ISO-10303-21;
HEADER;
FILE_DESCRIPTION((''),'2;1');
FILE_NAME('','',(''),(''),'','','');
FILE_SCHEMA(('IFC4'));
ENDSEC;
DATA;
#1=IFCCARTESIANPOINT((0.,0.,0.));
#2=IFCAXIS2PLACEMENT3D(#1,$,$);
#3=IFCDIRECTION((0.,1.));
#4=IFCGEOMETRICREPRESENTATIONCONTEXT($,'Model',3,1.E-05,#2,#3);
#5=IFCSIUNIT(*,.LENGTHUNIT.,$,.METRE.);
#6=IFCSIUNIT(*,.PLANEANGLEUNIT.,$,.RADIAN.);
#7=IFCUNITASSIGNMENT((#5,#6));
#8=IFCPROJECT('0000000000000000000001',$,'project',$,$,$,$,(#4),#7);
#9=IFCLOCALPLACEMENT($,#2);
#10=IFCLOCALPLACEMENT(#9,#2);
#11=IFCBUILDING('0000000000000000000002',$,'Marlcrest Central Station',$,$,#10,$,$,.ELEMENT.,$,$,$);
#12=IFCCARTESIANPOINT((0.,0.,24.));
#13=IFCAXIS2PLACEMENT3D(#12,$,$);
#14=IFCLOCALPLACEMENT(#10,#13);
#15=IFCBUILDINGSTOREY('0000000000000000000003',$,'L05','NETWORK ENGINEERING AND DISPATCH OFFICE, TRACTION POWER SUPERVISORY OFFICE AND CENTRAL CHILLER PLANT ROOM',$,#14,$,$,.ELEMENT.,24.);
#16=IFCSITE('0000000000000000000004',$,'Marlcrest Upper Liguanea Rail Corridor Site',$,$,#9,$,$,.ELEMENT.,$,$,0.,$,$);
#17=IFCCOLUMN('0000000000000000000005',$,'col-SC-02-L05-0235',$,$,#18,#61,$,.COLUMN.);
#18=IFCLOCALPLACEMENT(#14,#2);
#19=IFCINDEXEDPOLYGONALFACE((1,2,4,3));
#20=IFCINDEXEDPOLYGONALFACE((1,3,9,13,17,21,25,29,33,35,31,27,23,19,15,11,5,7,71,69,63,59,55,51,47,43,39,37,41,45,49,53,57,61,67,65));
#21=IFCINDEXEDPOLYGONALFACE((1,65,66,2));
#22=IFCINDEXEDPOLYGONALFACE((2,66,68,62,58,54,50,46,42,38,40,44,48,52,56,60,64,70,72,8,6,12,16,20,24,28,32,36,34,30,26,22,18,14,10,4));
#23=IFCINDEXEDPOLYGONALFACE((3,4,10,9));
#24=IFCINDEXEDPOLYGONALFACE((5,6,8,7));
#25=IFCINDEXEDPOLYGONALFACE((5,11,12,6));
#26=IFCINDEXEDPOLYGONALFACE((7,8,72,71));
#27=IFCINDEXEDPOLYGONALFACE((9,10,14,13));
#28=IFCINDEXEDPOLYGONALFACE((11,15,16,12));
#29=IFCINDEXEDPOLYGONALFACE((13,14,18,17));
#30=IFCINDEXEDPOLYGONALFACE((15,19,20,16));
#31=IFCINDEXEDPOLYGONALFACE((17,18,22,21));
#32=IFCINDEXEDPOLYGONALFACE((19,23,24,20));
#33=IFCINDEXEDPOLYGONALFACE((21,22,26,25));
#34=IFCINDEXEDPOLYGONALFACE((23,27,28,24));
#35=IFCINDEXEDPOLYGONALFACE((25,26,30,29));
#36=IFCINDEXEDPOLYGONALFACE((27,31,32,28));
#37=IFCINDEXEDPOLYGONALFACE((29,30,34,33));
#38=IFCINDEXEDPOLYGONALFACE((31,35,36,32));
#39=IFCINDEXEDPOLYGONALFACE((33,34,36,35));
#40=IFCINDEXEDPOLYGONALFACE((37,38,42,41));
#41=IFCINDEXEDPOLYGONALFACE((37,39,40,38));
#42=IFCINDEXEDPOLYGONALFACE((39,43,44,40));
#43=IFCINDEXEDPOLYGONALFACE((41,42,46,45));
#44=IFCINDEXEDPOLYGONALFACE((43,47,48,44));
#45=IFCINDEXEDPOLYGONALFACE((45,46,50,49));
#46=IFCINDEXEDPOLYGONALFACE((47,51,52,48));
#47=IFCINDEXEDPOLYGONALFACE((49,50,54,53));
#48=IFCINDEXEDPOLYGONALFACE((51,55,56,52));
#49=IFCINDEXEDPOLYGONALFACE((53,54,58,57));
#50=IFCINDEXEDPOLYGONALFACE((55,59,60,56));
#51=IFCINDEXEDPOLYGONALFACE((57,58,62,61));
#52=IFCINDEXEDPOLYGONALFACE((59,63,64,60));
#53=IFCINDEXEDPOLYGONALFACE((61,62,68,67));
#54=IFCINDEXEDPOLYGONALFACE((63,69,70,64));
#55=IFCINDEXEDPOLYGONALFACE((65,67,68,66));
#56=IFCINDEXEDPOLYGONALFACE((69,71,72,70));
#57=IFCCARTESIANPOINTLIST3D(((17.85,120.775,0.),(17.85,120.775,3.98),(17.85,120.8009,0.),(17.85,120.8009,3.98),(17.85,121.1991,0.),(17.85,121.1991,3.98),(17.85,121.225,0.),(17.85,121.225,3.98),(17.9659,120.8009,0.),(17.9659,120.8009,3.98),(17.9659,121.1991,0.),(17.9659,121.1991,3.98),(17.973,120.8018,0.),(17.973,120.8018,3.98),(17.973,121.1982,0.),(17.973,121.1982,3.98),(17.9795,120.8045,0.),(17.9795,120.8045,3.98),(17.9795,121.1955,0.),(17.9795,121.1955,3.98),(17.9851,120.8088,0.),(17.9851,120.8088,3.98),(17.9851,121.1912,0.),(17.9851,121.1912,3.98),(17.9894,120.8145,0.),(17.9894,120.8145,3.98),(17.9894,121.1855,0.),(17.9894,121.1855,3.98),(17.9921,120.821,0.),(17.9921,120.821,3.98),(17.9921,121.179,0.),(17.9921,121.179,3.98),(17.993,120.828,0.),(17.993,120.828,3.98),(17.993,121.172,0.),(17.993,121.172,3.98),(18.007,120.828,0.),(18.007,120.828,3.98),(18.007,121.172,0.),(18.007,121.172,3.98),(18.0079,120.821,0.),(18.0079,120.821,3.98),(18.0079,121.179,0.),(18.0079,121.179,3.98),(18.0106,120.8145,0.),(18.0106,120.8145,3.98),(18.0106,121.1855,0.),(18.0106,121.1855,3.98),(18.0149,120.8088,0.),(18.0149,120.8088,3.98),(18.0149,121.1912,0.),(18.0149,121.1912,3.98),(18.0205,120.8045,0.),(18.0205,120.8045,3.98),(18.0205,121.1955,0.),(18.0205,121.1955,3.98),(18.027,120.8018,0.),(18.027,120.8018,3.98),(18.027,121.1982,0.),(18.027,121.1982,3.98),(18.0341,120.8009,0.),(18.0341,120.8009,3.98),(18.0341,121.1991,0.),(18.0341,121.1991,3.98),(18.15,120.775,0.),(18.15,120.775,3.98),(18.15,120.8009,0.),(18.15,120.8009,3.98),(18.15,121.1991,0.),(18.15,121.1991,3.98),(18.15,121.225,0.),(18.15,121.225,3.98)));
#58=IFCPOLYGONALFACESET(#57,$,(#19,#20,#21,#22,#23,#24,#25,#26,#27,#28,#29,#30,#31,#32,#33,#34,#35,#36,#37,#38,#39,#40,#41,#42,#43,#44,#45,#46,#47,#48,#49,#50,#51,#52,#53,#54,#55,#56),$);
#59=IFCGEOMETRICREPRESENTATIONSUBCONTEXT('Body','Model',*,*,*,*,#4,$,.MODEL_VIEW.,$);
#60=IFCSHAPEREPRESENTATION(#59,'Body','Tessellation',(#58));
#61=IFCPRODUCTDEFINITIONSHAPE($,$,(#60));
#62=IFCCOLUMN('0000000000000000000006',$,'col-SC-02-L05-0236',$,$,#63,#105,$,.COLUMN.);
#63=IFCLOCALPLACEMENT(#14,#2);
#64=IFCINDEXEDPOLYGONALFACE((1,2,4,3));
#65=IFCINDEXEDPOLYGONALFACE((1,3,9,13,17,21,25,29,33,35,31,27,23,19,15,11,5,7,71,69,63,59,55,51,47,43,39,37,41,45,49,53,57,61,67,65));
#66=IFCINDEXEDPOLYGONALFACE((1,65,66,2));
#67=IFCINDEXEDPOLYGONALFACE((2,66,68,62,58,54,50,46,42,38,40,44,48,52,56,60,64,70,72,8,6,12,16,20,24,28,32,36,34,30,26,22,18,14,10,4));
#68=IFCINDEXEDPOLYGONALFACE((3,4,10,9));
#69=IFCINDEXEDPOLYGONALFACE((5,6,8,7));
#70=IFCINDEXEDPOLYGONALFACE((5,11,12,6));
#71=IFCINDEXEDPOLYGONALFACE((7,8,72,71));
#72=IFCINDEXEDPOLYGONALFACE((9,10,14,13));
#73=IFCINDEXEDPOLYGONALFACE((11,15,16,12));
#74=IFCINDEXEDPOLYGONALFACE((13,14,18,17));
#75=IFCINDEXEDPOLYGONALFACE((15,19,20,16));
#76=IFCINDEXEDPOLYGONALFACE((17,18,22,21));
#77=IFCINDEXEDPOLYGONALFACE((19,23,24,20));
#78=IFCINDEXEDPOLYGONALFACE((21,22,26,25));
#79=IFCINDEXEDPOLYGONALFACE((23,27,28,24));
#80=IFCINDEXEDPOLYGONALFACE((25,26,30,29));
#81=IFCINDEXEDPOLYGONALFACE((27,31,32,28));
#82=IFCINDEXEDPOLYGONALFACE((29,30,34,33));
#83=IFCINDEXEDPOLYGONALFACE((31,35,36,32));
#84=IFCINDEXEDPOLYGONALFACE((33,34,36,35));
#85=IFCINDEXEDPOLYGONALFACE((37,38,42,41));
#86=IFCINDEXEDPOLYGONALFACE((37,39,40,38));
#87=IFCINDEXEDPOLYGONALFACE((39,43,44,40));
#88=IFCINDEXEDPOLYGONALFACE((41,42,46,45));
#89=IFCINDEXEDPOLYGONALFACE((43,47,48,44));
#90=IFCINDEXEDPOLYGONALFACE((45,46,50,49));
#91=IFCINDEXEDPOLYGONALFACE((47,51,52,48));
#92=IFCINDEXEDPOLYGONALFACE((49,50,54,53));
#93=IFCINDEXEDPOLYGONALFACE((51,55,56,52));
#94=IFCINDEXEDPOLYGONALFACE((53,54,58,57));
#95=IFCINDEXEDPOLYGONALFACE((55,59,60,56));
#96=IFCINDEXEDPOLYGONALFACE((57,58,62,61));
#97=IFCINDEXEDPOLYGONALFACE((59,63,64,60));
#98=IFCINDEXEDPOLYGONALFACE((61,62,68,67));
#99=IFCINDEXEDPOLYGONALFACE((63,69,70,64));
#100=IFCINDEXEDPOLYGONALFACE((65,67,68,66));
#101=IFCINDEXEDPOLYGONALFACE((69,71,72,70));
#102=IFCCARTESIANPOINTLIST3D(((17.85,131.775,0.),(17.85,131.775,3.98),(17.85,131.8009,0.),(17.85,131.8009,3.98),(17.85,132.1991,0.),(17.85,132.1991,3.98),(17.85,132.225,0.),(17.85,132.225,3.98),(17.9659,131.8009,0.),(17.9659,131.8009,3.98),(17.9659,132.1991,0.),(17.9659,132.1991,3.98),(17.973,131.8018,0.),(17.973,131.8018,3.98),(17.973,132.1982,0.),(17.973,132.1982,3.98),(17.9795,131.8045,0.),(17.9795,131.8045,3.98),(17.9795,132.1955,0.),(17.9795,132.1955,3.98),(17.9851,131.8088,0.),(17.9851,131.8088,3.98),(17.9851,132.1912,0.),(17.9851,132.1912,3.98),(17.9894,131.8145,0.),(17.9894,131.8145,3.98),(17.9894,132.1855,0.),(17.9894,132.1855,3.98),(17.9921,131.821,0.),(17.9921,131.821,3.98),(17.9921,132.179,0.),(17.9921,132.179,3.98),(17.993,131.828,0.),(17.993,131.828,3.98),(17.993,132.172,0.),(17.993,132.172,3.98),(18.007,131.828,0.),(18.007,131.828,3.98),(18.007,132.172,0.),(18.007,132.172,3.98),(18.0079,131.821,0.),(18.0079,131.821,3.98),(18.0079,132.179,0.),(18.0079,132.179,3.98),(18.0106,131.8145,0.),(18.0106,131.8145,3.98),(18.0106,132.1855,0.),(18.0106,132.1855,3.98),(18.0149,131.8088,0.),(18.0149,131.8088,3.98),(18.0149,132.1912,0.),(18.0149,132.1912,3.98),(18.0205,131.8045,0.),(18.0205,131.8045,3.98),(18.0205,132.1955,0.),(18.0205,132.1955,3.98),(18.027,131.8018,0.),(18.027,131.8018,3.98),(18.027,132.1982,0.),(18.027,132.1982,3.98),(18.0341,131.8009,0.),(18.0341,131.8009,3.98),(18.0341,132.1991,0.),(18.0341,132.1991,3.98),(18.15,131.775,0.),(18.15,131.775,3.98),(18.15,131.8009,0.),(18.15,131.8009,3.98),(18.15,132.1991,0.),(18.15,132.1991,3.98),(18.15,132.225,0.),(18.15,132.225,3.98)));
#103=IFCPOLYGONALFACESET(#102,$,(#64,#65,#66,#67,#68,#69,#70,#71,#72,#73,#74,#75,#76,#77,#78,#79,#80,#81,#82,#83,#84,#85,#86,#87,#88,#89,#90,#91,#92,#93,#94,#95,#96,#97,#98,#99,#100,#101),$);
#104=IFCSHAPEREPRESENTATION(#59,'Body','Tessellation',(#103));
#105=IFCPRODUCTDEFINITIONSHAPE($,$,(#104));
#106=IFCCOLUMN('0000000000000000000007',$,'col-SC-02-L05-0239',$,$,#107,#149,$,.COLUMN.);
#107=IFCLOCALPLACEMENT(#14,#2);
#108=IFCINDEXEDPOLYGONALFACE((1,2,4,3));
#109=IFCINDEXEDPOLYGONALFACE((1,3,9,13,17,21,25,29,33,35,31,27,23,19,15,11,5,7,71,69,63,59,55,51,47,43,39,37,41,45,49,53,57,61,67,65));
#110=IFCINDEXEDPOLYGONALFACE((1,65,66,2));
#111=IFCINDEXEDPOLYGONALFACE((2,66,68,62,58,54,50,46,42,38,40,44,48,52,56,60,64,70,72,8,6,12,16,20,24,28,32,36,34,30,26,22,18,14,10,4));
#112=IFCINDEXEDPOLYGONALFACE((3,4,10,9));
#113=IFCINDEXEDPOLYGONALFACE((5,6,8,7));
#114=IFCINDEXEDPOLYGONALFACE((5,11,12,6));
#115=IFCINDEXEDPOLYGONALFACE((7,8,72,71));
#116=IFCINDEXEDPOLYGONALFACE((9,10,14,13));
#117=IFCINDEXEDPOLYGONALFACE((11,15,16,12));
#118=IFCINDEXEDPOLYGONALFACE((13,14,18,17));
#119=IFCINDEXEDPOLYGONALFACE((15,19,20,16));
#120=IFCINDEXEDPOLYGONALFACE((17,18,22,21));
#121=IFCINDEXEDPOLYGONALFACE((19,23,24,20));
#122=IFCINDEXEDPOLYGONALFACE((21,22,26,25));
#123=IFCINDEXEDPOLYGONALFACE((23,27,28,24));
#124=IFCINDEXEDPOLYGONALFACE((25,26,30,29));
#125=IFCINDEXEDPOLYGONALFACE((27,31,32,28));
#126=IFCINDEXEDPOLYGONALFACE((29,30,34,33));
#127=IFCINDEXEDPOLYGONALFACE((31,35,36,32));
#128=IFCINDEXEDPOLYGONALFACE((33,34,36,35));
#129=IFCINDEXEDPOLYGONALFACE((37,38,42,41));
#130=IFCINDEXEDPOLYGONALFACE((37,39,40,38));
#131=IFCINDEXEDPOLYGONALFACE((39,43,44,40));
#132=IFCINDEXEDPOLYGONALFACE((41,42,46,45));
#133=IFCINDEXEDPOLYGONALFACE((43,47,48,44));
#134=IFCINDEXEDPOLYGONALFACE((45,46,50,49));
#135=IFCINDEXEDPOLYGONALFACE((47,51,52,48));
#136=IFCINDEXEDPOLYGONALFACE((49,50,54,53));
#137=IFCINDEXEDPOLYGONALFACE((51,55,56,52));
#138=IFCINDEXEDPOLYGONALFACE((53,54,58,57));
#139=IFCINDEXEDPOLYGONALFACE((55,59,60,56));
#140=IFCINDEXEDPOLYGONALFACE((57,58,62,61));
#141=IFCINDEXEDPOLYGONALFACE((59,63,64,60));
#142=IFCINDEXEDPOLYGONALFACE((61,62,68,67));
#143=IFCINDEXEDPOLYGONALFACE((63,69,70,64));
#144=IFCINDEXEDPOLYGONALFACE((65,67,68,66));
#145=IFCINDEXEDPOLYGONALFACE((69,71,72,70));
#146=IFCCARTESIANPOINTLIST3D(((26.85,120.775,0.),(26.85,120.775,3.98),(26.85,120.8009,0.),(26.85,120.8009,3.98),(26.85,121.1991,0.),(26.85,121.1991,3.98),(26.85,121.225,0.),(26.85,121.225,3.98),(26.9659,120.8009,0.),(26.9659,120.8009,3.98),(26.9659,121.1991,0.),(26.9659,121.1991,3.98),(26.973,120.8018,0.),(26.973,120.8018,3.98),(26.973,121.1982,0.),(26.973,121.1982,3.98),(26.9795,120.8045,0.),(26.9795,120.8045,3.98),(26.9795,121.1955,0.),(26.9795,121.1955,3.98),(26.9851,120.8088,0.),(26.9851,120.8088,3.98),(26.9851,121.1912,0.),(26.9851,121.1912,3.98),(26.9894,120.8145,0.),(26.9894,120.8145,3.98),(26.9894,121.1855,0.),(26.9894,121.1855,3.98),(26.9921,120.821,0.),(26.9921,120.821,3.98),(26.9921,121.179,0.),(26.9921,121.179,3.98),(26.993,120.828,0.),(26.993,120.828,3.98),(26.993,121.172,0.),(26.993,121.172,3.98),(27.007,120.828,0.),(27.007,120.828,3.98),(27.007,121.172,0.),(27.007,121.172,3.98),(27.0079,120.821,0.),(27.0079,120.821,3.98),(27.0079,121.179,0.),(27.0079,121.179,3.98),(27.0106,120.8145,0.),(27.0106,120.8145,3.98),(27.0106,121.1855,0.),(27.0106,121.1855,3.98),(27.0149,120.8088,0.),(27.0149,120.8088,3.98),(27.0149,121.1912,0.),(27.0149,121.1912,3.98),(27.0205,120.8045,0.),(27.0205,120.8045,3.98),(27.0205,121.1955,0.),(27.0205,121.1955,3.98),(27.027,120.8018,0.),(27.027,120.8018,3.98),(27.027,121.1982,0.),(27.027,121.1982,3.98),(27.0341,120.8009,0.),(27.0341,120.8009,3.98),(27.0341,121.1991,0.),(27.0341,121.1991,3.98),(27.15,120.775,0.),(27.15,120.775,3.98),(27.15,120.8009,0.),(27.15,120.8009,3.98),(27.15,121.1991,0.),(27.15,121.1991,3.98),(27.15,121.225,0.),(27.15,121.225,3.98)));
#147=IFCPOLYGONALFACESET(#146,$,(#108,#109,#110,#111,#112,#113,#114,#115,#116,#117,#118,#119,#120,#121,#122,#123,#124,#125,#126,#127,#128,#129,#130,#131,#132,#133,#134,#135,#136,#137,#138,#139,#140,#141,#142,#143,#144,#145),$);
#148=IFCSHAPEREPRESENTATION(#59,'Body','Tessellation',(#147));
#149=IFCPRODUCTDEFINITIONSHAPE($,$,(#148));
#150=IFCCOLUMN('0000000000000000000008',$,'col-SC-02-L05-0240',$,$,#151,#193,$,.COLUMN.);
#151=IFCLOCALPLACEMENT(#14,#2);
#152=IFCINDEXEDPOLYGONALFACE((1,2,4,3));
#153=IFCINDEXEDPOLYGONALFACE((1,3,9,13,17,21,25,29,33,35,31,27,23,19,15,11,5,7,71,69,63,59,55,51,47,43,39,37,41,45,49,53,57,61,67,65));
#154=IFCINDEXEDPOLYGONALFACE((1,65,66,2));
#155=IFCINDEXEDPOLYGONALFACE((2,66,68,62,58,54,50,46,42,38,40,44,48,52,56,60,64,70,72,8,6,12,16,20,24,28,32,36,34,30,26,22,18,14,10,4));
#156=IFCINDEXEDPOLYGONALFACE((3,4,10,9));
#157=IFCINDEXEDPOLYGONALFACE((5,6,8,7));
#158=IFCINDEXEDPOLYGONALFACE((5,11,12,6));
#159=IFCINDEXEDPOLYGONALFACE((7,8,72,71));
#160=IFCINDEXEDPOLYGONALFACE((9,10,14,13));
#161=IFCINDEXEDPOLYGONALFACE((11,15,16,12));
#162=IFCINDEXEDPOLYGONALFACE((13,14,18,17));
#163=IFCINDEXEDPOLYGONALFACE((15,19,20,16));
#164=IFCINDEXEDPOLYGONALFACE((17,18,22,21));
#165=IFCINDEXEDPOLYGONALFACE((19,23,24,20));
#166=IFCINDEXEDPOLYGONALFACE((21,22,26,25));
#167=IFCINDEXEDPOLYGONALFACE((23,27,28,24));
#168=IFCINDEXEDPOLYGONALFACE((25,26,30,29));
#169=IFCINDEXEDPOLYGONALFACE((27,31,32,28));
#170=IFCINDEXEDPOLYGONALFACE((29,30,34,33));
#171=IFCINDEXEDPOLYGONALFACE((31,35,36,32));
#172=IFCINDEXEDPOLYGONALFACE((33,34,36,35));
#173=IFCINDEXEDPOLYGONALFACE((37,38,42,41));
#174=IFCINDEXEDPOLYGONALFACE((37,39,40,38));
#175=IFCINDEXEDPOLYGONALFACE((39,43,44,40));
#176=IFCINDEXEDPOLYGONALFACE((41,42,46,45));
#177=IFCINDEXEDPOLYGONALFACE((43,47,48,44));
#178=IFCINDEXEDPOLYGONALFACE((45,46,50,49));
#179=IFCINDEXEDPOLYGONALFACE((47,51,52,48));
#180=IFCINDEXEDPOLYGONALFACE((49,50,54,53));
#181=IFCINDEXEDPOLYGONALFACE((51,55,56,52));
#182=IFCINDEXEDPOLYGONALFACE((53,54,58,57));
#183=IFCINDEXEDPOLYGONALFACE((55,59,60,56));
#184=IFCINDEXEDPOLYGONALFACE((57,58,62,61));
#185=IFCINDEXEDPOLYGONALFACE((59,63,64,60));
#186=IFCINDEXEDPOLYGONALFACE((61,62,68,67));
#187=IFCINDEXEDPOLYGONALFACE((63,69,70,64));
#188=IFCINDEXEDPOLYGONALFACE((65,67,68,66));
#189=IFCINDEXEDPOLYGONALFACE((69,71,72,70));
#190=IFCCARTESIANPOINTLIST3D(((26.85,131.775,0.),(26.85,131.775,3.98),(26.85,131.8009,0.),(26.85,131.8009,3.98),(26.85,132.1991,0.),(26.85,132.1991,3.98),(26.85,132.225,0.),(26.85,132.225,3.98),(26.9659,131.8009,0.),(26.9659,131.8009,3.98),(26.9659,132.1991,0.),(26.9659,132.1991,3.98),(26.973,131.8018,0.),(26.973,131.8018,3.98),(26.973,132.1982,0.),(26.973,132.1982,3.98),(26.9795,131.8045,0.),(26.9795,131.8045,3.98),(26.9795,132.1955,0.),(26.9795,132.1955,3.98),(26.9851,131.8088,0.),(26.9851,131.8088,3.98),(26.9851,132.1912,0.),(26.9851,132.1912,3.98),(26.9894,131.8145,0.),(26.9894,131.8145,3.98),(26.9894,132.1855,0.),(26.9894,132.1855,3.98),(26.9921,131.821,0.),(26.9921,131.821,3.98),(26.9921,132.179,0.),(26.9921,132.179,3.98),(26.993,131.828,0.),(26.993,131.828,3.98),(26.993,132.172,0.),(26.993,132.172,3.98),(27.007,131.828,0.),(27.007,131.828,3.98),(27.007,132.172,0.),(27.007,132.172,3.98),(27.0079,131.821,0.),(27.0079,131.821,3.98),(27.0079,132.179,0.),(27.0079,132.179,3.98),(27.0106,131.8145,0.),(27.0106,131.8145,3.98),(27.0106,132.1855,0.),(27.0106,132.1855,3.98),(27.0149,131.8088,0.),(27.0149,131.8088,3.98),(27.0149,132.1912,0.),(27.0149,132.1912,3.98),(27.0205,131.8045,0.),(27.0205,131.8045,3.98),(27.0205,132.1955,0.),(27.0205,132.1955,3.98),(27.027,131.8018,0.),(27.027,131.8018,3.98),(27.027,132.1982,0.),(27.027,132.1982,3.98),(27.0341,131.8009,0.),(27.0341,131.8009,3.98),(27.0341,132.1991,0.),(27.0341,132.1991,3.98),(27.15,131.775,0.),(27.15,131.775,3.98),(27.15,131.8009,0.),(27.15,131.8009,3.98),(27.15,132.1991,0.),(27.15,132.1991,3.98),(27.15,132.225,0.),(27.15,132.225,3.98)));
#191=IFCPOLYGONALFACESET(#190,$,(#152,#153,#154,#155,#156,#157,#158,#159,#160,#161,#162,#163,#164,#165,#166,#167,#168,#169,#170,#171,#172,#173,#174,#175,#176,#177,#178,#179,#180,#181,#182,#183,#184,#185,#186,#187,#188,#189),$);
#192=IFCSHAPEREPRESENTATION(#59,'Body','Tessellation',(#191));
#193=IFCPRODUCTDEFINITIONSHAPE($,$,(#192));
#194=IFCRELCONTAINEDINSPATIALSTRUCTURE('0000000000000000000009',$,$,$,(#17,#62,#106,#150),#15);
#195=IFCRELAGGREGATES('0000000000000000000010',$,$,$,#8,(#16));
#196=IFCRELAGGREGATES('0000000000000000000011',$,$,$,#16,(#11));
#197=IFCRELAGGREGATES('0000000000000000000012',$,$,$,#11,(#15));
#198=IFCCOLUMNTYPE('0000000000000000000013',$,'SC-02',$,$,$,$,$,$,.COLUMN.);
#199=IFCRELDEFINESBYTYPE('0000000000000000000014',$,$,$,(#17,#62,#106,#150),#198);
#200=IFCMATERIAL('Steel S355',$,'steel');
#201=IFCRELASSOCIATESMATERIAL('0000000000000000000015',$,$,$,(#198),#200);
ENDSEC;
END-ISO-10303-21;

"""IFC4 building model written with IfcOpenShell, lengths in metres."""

from ifc_helpers import new_model, si_unit, direction, frame, origin, origin_2d, place, context, subcontext, project, spatial, i_section, extrude, material, material_profile, profile_set, type_object, element, save


model = new_model("IFC4")

# Units and contexts
model_context = context("Model", 3, precision=1e-05, world=origin(), true_north=direction((0.0, 1.0)))
body_context = subcontext(model_context, "Body", "Model", "MODEL_VIEW")
ifc_project = project(units=[si_unit("LENGTHUNIT", "METRE"), si_unit("PLANEANGLEUNIT", "RADIAN")], contexts=[model_context])

# Site, building, storey
site_placement = place(None, origin())
site = spatial("IfcSite", under=ifc_project, at=site_placement, Name="Marlcrest Upper Liguanea Rail Corridor Site", CompositionType="ELEMENT", RefElevation=0.0)
building_placement = place(site_placement, origin())
building = spatial("IfcBuilding", under=site, at=building_placement, Name="Marlcrest Central Station", CompositionType="ELEMENT")
storey_placement = place(building_placement, frame((0.0, 0.0, 24.0)))
storey = spatial("IfcBuildingStorey", under=building, at=storey_placement, Name="L05", Description="NETWORK ENGINEERING AND DISPATCH OFFICE, TRACTION POWER SUPERVISORY OFFICE AND CENTRAL CHILLER PLANT ROOM", CompositionType="ELEMENT", Elevation=24.0)

# Columns
ifc_material_1 = material(Name="Steel S355", Category="steel")
ifc_material_profile_1 = material_profile(ifc_material_1, i_section(OverallWidth=0.3, OverallDepth=0.45, WebThickness=0.0139, FlangeThickness=0.0259, FilletRadius=0.0271, at=origin_2d()), Name="HEB 450")
ifc_profile_set_1 = profile_set([ifc_material_profile_1], Name="Steel S355")
column_type = type_object("IfcColumnType", Name="SC-02", PredefinedType="COLUMN", material=ifc_profile_set_1)
for number, where, z_axis, x_axis, name in (
    (1, (18.0, 121.0, 0.0), (0.0, 0.0, 1.0), (1.0, 0.0, 0.0), "col-SC-02-L05-0235"),
    (2, (18.0, 132.0, 0.0), (0.0, 0.0, 1.0), (1.0, 0.0, 0.0), "col-SC-02-L05-0236"),
    (3, (27.0, 121.0, 0.0), (0.0, 0.0, 1.0), (1.0, 0.0, 0.0), "col-SC-02-L05-0239"),
    (4, (27.0, 132.0, 0.0), (0.0, 0.0, 1.0), (1.0, 0.0, 0.0), "col-SC-02-L05-0240"),
):
    element("IfcColumn", number, at=place(storey_placement, frame(where, z_axis=z_axis, x_axis=x_axis)), inside=storey, type_object=column_type, Name=name, PredefinedType="COLUMN", context=body_context, shape_type="SweptSolid", body=[
        extrude(i_section(OverallWidth=0.3, OverallDepth=0.45, WebThickness=0.0139, FlangeThickness=0.0259, FilletRadius=0.0271, at=origin_2d()), origin(), (0.0, 0.0, 1.0), 3.98),
    ])

save(model, "model.ifc")
